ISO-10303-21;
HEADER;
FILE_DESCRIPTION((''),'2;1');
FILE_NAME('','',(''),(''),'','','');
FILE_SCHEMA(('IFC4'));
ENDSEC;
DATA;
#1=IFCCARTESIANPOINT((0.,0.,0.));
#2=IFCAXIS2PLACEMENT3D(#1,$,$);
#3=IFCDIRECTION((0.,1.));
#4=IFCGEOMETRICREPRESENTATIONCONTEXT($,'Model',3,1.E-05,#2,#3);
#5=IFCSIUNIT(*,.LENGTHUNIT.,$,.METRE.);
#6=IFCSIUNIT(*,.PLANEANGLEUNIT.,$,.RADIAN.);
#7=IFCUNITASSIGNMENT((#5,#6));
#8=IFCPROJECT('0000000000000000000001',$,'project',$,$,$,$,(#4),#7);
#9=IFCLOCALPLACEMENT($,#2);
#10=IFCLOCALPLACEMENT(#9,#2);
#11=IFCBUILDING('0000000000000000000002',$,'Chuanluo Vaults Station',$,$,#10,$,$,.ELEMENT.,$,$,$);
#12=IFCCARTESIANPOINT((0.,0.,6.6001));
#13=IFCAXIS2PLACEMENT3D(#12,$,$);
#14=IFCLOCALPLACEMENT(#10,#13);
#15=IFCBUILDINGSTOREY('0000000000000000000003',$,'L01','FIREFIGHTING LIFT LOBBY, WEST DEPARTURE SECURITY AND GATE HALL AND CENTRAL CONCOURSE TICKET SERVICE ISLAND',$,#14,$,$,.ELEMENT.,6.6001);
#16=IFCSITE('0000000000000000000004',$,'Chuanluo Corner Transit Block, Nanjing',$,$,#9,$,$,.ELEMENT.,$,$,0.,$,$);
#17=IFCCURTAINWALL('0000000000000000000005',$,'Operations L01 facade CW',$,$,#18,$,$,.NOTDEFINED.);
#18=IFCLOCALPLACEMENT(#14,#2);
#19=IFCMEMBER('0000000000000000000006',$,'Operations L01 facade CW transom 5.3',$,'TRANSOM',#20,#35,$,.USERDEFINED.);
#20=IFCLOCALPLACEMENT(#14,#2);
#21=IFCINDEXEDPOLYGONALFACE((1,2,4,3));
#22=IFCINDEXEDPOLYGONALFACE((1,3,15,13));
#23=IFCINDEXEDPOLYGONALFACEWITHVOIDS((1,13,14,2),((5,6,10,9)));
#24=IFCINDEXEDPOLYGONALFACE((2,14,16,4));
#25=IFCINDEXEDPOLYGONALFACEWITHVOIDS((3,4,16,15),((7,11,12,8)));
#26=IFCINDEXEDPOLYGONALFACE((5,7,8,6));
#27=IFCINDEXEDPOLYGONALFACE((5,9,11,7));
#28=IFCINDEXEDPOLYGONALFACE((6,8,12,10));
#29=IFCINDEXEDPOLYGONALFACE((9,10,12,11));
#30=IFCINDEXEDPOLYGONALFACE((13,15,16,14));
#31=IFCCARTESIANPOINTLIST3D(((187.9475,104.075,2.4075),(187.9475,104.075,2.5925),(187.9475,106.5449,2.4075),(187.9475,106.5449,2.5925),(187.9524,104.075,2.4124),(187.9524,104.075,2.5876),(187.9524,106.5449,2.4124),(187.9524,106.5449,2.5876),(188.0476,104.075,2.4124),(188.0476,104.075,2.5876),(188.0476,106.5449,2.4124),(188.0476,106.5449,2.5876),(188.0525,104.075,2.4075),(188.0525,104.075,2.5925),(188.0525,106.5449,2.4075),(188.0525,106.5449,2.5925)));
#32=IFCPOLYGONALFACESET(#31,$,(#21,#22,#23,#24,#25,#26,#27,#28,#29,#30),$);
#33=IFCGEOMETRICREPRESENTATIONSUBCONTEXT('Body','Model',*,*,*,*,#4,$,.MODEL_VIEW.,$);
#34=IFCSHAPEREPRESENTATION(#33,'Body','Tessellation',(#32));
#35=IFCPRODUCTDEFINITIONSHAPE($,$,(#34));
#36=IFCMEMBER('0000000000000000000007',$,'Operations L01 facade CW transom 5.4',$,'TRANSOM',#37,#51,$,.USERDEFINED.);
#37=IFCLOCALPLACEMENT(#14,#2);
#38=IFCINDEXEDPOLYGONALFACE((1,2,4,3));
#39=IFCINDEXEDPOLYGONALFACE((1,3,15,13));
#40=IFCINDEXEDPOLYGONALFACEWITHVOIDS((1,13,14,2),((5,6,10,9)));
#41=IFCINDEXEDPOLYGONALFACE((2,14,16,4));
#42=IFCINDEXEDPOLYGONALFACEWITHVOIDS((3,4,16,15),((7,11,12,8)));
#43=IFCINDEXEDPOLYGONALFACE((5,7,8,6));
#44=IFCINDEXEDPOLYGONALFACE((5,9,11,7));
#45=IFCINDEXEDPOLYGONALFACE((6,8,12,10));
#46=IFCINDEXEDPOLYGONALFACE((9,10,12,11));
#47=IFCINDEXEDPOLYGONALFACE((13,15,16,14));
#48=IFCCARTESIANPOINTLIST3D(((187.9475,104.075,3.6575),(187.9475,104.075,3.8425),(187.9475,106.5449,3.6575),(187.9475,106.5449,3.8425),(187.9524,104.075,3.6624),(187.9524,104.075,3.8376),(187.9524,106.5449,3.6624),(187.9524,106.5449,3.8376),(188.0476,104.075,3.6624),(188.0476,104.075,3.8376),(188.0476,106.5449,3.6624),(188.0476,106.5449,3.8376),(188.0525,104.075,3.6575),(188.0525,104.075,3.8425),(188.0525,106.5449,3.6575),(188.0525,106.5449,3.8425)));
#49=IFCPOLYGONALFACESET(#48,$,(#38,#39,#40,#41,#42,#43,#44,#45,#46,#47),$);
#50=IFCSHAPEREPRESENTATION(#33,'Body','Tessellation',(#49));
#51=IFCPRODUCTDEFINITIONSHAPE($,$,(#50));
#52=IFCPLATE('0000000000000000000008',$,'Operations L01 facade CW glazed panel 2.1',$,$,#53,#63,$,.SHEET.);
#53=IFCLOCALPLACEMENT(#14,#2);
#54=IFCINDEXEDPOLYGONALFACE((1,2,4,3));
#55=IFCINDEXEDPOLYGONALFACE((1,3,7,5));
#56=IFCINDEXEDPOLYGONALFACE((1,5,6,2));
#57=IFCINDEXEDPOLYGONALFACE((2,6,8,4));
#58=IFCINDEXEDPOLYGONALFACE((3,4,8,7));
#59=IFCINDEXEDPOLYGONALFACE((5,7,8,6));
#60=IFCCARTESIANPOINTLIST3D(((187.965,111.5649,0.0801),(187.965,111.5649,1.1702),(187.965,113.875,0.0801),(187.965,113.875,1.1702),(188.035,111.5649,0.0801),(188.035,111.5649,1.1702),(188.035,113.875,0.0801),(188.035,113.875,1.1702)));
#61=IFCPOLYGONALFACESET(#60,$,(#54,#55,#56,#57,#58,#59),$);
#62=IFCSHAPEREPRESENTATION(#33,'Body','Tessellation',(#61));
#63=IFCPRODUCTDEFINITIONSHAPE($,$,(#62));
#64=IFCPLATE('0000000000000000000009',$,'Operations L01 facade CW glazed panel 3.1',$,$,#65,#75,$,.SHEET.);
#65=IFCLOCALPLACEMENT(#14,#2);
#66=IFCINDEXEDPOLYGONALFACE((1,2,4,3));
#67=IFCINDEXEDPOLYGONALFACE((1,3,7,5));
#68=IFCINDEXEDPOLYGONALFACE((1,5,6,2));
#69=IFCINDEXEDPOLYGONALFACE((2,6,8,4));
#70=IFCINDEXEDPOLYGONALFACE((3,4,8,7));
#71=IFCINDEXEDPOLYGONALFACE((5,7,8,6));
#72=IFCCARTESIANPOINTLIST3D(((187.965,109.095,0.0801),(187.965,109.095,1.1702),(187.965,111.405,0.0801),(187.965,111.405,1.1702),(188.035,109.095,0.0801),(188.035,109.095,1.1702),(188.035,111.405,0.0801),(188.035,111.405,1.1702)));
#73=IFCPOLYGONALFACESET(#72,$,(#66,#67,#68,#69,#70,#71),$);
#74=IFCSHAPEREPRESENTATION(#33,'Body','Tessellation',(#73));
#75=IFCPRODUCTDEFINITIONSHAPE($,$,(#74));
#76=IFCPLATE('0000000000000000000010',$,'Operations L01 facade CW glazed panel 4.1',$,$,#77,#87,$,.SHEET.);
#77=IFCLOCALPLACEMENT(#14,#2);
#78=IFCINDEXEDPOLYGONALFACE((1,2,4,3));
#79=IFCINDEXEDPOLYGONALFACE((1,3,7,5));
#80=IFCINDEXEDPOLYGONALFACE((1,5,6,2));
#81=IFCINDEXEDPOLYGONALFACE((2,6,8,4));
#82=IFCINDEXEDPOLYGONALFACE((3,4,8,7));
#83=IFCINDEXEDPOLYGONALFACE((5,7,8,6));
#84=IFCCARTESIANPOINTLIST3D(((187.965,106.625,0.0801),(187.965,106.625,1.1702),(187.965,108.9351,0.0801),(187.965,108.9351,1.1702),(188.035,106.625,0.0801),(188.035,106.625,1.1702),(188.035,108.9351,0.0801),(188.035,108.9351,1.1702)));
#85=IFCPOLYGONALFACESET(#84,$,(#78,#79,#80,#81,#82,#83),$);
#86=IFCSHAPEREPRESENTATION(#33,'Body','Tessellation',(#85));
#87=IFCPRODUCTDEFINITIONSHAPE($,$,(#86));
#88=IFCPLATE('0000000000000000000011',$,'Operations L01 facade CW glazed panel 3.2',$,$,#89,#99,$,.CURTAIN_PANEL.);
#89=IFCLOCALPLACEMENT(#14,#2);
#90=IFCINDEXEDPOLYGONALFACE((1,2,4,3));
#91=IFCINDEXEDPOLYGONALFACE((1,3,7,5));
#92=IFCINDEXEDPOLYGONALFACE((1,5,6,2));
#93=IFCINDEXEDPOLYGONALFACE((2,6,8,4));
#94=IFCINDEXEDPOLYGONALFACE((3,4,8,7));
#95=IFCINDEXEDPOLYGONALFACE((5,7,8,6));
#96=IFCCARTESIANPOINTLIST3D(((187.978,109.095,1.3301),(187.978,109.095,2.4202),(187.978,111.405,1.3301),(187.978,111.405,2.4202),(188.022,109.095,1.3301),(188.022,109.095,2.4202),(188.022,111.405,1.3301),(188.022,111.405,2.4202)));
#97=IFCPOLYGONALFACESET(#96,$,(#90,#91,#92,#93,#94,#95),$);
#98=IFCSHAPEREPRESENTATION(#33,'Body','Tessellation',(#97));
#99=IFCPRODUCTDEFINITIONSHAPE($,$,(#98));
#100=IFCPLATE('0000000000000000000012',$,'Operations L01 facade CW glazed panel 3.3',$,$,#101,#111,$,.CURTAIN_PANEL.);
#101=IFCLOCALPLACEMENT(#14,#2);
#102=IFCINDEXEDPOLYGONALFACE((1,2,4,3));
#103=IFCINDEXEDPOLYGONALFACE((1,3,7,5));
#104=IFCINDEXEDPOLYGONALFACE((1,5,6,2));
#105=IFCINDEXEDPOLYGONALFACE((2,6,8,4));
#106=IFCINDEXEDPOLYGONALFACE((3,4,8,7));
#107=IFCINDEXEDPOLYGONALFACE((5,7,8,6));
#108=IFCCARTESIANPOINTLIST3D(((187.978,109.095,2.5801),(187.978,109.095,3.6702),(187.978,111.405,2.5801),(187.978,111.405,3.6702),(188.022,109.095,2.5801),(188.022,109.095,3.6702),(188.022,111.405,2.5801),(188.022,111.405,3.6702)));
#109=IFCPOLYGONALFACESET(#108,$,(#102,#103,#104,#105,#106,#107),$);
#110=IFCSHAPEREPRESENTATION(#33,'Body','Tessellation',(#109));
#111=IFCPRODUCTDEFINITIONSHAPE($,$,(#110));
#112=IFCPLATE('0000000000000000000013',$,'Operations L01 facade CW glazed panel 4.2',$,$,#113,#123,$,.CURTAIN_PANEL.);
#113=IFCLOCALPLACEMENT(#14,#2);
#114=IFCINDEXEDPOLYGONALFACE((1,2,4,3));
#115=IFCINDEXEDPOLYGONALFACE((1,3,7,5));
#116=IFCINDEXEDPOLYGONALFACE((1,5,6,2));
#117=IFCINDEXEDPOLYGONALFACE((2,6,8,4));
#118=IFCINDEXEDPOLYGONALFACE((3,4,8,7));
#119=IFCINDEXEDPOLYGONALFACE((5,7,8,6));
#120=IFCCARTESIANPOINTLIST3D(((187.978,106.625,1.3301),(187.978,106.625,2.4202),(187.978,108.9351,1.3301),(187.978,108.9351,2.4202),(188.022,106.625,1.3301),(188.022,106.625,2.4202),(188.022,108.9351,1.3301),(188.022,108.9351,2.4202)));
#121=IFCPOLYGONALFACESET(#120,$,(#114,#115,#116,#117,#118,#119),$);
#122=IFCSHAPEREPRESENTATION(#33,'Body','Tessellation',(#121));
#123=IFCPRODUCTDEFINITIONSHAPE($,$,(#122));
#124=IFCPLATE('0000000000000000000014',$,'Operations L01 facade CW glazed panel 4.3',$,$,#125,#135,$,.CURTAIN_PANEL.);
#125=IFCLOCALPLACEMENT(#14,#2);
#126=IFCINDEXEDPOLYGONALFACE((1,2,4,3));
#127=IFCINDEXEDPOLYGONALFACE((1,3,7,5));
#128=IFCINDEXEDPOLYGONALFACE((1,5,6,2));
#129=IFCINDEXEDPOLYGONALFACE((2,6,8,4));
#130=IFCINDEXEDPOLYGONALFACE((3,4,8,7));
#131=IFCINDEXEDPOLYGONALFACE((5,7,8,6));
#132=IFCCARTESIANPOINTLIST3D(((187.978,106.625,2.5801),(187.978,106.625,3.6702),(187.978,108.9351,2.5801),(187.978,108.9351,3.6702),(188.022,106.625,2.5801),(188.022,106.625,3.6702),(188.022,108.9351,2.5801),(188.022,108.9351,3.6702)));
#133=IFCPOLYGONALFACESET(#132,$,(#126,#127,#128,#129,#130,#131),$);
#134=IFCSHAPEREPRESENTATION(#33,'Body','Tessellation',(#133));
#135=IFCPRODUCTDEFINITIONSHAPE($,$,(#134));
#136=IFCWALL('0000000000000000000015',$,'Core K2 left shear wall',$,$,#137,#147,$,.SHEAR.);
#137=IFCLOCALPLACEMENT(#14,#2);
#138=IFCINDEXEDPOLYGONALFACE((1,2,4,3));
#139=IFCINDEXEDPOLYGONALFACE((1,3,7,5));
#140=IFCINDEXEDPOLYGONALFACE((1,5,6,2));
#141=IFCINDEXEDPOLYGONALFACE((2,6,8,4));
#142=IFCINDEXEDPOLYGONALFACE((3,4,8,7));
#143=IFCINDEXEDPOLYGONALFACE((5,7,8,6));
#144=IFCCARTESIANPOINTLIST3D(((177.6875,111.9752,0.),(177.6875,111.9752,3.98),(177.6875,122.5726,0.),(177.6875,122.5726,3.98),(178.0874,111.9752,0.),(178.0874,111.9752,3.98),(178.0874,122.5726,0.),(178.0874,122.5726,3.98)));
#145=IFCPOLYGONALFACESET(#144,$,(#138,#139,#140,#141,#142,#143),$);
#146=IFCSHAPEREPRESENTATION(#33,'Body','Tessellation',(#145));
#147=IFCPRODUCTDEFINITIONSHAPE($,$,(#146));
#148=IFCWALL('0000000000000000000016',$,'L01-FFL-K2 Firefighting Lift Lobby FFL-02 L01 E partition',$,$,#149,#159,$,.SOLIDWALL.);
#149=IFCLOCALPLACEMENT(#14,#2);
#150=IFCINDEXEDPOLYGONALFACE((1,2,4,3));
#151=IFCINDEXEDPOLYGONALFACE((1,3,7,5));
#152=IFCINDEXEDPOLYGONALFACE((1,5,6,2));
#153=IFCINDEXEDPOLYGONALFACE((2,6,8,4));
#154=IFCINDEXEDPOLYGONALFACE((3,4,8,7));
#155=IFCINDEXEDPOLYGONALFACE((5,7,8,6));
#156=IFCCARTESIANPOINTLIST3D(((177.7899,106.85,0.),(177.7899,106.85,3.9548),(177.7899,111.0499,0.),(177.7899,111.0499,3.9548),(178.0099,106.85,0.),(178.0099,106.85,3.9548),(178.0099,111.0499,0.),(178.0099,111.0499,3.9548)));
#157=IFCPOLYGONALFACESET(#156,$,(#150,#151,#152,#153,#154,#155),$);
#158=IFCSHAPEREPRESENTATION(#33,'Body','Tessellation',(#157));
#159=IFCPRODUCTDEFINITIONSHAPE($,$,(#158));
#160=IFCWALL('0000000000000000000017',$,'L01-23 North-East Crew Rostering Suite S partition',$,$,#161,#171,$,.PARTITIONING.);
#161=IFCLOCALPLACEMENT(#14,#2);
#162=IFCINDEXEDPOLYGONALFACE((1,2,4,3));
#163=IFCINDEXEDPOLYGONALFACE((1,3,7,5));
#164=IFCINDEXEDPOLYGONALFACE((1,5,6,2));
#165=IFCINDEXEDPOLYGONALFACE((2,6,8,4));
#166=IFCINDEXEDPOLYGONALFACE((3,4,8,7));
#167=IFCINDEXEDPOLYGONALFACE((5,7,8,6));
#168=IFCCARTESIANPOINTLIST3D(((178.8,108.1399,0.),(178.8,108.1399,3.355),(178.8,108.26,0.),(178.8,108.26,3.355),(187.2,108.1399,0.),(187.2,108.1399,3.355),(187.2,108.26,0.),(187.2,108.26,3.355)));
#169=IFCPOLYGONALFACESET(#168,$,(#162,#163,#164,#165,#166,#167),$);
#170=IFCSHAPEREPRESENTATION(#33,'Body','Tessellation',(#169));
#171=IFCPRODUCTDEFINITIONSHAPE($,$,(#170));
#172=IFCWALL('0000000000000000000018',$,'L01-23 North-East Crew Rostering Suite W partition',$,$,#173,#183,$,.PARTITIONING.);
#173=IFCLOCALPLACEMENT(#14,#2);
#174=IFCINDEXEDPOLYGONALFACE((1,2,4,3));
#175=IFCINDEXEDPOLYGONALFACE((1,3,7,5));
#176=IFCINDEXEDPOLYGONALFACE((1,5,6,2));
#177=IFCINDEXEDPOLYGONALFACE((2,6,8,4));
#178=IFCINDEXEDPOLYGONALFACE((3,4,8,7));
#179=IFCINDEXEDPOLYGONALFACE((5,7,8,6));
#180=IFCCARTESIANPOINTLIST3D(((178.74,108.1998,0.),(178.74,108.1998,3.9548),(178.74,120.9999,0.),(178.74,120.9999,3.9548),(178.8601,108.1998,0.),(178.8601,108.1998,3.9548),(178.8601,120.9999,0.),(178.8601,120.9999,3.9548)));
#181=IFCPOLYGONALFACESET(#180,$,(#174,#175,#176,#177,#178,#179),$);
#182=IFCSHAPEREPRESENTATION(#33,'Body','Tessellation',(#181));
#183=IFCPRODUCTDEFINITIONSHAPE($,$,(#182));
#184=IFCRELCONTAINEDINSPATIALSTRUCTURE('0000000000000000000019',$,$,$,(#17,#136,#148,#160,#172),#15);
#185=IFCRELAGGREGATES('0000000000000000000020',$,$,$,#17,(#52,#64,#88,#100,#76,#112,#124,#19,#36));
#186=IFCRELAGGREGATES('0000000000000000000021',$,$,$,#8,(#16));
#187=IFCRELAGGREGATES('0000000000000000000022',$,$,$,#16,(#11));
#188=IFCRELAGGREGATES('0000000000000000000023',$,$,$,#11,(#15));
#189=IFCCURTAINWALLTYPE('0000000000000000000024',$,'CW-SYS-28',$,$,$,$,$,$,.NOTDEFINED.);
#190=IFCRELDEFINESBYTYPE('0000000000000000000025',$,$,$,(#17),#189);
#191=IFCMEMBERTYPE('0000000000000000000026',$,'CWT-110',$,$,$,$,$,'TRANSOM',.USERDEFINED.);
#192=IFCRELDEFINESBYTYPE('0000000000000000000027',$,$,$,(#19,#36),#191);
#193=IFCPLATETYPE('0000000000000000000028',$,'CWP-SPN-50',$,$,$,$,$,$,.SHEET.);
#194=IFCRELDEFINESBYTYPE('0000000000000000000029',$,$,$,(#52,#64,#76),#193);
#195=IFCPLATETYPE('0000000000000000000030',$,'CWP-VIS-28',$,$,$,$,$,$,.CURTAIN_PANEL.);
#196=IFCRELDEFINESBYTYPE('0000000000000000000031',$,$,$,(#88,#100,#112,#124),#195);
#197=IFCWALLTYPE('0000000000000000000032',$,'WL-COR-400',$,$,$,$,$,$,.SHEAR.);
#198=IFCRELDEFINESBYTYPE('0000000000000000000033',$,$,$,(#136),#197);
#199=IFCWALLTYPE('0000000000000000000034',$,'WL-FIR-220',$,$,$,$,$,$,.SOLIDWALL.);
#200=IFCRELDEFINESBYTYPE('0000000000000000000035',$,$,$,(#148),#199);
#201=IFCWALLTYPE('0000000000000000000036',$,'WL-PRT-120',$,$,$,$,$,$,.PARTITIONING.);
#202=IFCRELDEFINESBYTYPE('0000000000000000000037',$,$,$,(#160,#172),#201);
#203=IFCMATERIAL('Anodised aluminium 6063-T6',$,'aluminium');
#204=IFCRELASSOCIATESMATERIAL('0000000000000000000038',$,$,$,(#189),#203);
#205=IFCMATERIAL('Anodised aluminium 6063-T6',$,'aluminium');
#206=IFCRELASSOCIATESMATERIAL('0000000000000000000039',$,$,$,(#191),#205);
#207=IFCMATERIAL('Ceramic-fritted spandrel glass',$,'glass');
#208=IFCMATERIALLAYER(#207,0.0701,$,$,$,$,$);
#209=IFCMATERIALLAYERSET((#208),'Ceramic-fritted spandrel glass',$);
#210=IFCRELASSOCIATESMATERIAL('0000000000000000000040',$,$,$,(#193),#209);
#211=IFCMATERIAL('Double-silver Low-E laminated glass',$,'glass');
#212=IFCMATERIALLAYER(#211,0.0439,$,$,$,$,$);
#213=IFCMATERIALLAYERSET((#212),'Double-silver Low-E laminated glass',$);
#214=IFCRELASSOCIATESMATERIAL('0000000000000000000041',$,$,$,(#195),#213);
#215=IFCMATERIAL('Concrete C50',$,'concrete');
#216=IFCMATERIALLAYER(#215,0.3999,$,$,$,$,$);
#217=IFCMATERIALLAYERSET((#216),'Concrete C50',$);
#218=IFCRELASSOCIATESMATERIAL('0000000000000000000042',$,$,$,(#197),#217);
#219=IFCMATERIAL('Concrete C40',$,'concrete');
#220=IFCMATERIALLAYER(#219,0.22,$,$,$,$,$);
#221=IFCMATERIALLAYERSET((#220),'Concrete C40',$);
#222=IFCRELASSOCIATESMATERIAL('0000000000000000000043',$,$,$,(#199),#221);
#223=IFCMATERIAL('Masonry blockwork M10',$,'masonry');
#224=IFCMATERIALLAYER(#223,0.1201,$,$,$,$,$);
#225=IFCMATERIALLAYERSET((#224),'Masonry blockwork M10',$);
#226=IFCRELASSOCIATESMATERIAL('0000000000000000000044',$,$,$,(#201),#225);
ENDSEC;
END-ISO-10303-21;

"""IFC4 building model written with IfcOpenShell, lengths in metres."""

from ifc_helpers import new_model, si_unit, direction, frame, frame_2d, origin, origin_2d, place, context, subcontext, project, spatial, rectangle, hollow_rectangle, extrude, material, layer, layer_set, material_profile, profile_set, type_object, element, aggregate, save


model = new_model("IFC4")

# Units and contexts
model_context = context("Model", 3, precision=1e-05, world=origin(), true_north=direction((0.0, 1.0)))
body_context = subcontext(model_context, "Body", "Model", "MODEL_VIEW")
ifc_project = project(units=[si_unit("LENGTHUNIT", "METRE"), si_unit("PLANEANGLEUNIT", "RADIAN")], contexts=[model_context])

# Site, building, storey
site_placement = place(None, origin())
site = spatial("IfcSite", under=ifc_project, at=site_placement, Name="Chuanluo Corner Transit Block, Nanjing", CompositionType="ELEMENT", RefElevation=0.0)
building_placement = place(site_placement, origin())
building = spatial("IfcBuilding", under=site, at=building_placement, Name="Chuanluo Vaults Station", CompositionType="ELEMENT")
storey_placement = place(building_placement, frame((0.0, 0.0, 6.6001)))
storey = spatial("IfcBuildingStorey", under=building, at=storey_placement, Name="L01", Description="FIREFIGHTING LIFT LOBBY, WEST DEPARTURE SECURITY AND GATE HALL AND CENTRAL CONCOURSE TICKET SERVICE ISLAND", CompositionType="ELEMENT", Elevation=6.6001)

# Curtain wall, members, plates
ifc_material_1 = material(Name="Anodised aluminium 6063-T6", Category="aluminium")
curtain_wall_type = type_object("IfcCurtainWallType", Name="CW-SYS-28", PredefinedType="NOTDEFINED", material=ifc_material_1)
curtain_wall_placement = place(storey_placement, origin())
curtain_wall = element("IfcCurtainWall", 1, at=curtain_wall_placement, inside=storey, type_object=curtain_wall_type, Name="Operations L01 facade CW", PredefinedType="NOTDEFINED")
ifc_material_2 = material(Name="Anodised aluminium 6063-T6", Category="aluminium")
ifc_material_profile_1 = material_profile(ifc_material_2, hollow_rectangle(XDim=0.105, YDim=0.1851, WallThickness=0.0049, at=origin_2d()))
ifc_profile_set_1 = profile_set([ifc_material_profile_1], Name="Anodised aluminium 6063-T6")
member_type_1 = type_object("IfcMemberType", Name="CWT-110", ElementType="TRANSOM", PredefinedType="USERDEFINED", material=ifc_profile_set_1)
member_1_placement = place(storey_placement, frame((188.0, 106.5449, 2.5), z_axis=(0.0, -1.0, 0.0), x_axis=(1.0, 0.0, 0.0)))
member_1 = element("IfcMember", 2, at=member_1_placement, type_object=member_type_1, Name="Operations L01 facade CW transom 5.3", ObjectType="TRANSOM", PredefinedType="USERDEFINED", context=body_context, shape_type="SweptSolid", body=[
    extrude(hollow_rectangle(XDim=0.105, YDim=0.1851, WallThickness=0.0049, at=origin_2d()), origin(), (0.0, 0.0, 1.0), 2.47),
])
member_2_placement = place(storey_placement, frame((188.0, 106.5449, 3.75), z_axis=(0.0, -1.0, 0.0), x_axis=(1.0, 0.0, 0.0)))
member_2 = element("IfcMember", 3, at=member_2_placement, type_object=member_type_1, Name="Operations L01 facade CW transom 5.4", ObjectType="TRANSOM", PredefinedType="USERDEFINED", context=body_context, shape_type="SweptSolid", body=[
    extrude(hollow_rectangle(XDim=0.105, YDim=0.1851, WallThickness=0.0049, at=origin_2d()), origin(), (0.0, 0.0, 1.0), 2.47),
])
ifc_material_3 = material(Name="Ceramic-fritted spandrel glass", Category="glass")
ifc_layer_1 = layer(ifc_material_3, 0.0701)
ifc_layer_set_1 = layer_set([ifc_layer_1], Name="Ceramic-fritted spandrel glass")
plate_type_1 = type_object("IfcPlateType", Name="CWP-SPN-50", PredefinedType="SHEET", material=ifc_layer_set_1)
plate_1_placement = place(storey_placement, frame((188.0, 112.72, 0.0801), z_axis=(0.0, 0.0, 1.0), x_axis=(0.0, -1.0, 0.0)))
plate_1 = element("IfcPlate", 4, at=plate_1_placement, type_object=plate_type_1, Name="Operations L01 facade CW glazed panel 2.1", PredefinedType="SHEET", context=body_context, shape_type="SweptSolid", body=[
    extrude(rectangle(XDim=2.3101, YDim=0.0701, at=origin_2d()), origin(), (0.0, 0.0, 1.0), 1.0901),
])
plate_2_placement = place(storey_placement, frame((188.0, 110.25, 0.0801), z_axis=(0.0, 0.0, 1.0), x_axis=(0.0, -1.0, 0.0)))
plate_2 = element("IfcPlate", 5, at=plate_2_placement, type_object=plate_type_1, Name="Operations L01 facade CW glazed panel 3.1", PredefinedType="SHEET", context=body_context, shape_type="SweptSolid", body=[
    extrude(rectangle(XDim=2.3101, YDim=0.0701, at=origin_2d()), origin(), (0.0, 0.0, 1.0), 1.0901),
])
plate_3_placement = place(storey_placement, frame((188.0, 107.78, 0.0801), z_axis=(0.0, 0.0, 1.0), x_axis=(0.0, -1.0, 0.0)))
plate_3 = element("IfcPlate", 6, at=plate_3_placement, type_object=plate_type_1, Name="Operations L01 facade CW glazed panel 4.1", PredefinedType="SHEET", context=body_context, shape_type="SweptSolid", body=[
    extrude(rectangle(XDim=2.3101, YDim=0.0701, at=origin_2d()), origin(), (0.0, 0.0, 1.0), 1.0901),
])
ifc_material_4 = material(Name="Double-silver Low-E laminated glass", Category="glass")
ifc_layer_2 = layer(ifc_material_4, 0.0439)
ifc_layer_set_2 = layer_set([ifc_layer_2], Name="Double-silver Low-E laminated glass")
plate_type_2 = type_object("IfcPlateType", Name="CWP-VIS-28", PredefinedType="CURTAIN_PANEL", material=ifc_layer_set_2)
plate_4_placement = place(storey_placement, frame((188.0, 110.25, 1.3301), z_axis=(0.0, 0.0, 1.0), x_axis=(0.0, -1.0, 0.0)))
plate_4 = element("IfcPlate", 7, at=plate_4_placement, type_object=plate_type_2, Name="Operations L01 facade CW glazed panel 3.2", PredefinedType="CURTAIN_PANEL", context=body_context, shape_type="SweptSolid", body=[
    extrude(rectangle(XDim=2.3101, YDim=0.0439, at=origin_2d()), origin(), (0.0, 0.0, 1.0), 1.0901),
])
plate_5_placement = place(storey_placement, frame((188.0, 110.25, 2.5801), z_axis=(0.0, 0.0, 1.0), x_axis=(0.0, -1.0, 0.0)))
plate_5 = element("IfcPlate", 8, at=plate_5_placement, type_object=plate_type_2, Name="Operations L01 facade CW glazed panel 3.3", PredefinedType="CURTAIN_PANEL", context=body_context, shape_type="SweptSolid", body=[
    extrude(rectangle(XDim=2.3101, YDim=0.0439, at=origin_2d()), origin(), (0.0, 0.0, 1.0), 1.0901),
])
plate_6_placement = place(storey_placement, frame((188.0, 107.78, 1.3301), z_axis=(0.0, 0.0, 1.0), x_axis=(0.0, -1.0, 0.0)))
plate_6 = element("IfcPlate", 9, at=plate_6_placement, type_object=plate_type_2, Name="Operations L01 facade CW glazed panel 4.2", PredefinedType="CURTAIN_PANEL", context=body_context, shape_type="SweptSolid", body=[
    extrude(rectangle(XDim=2.3101, YDim=0.0439, at=origin_2d()), origin(), (0.0, 0.0, 1.0), 1.0901),
])
plate_7_placement = place(storey_placement, frame((188.0, 107.78, 2.5801), z_axis=(0.0, 0.0, 1.0), x_axis=(0.0, -1.0, 0.0)))
plate_7 = element("IfcPlate", 10, at=plate_7_placement, type_object=plate_type_2, Name="Operations L01 facade CW glazed panel 4.3", PredefinedType="CURTAIN_PANEL", context=body_context, shape_type="SweptSolid", body=[
    extrude(rectangle(XDim=2.3101, YDim=0.0439, at=origin_2d()), origin(), (0.0, 0.0, 1.0), 1.0901),
])
aggregate(curtain_wall, [plate_1, plate_2, plate_4, plate_5, plate_3, plate_6, plate_7, member_1, member_2])

# Walls
ifc_material_5 = material(Name="Concrete C50", Category="concrete")
ifc_layer_3 = layer(ifc_material_5, 0.3999)
ifc_layer_set_3 = layer_set([ifc_layer_3], Name="Concrete C50")
wall_type_1 = type_object("IfcWallType", Name="WL-COR-400", PredefinedType="SHEAR", material=ifc_layer_set_3)
wall_1_placement = place(storey_placement, frame((177.8875, 111.9751, 0.0), z_axis=(0.0, 0.0, 1.0), x_axis=(0.0, 1.0, 0.0)))
element("IfcWall", 11, at=wall_1_placement, inside=storey, type_object=wall_type_1, Name="Core K2 left shear wall", PredefinedType="SHEAR", context=body_context, shape_type="SweptSolid", body=[
    extrude(rectangle(XDim=10.5974, YDim=0.3999, at=frame_2d((5.2988, 0.0))), origin(), (0.0, 0.0, 1.0), 3.98),
])
ifc_material_6 = material(Name="Concrete C40", Category="concrete")
ifc_layer_4 = layer(ifc_material_6, 0.22)
ifc_layer_set_4 = layer_set([ifc_layer_4], Name="Concrete C40")
wall_type_2 = type_object("IfcWallType", Name="WL-FIR-220", PredefinedType="SOLIDWALL", material=ifc_layer_set_4)
wall_2_placement = place(storey_placement, frame((177.8999, 111.05, 0.0), z_axis=(0.0, 0.0, 1.0), x_axis=(0.0, -1.0, 0.0)))
element("IfcWall", 12, at=wall_2_placement, inside=storey, type_object=wall_type_2, Name="L01-FFL-K2 Firefighting Lift Lobby FFL-02 L01 E partition", PredefinedType="SOLIDWALL", context=body_context, shape_type="SweptSolid", body=[
    extrude(rectangle(XDim=4.2, YDim=0.22, at=frame_2d((2.1001, 0.0))), origin(), (0.0, 0.0, 1.0), 3.9548),
])
ifc_material_7 = material(Name="Masonry blockwork M10", Category="masonry")
ifc_layer_5 = layer(ifc_material_7, 0.1201)
ifc_layer_set_5 = layer_set([ifc_layer_5], Name="Masonry blockwork M10")
wall_type_3 = type_object("IfcWallType", Name="WL-PRT-120", PredefinedType="PARTITIONING", material=ifc_layer_set_5)
wall_3_placement = place(storey_placement, frame((187.2, 108.2, 0.0), z_axis=(0.0, 0.0, 1.0), x_axis=(-1.0, 0.0, 0.0)))
element("IfcWall", 13, at=wall_3_placement, inside=storey, type_object=wall_type_3, Name="L01-23 North-East Crew Rostering Suite S partition", PredefinedType="PARTITIONING", context=body_context, shape_type="SweptSolid", body=[
    extrude(rectangle(XDim=8.3999, YDim=0.1201, at=frame_2d((4.2, 0.0))), origin(), (0.0, 0.0, 1.0), 3.355),
])
wall_4_placement = place(storey_placement, frame((178.8, 108.2, 0.0), z_axis=(0.0, 0.0, 1.0), x_axis=(0.0, 1.0, 0.0)))
element("IfcWall", 14, at=wall_4_placement, inside=storey, type_object=wall_type_3, Name="L01-23 North-East Crew Rostering Suite W partition", PredefinedType="PARTITIONING", context=body_context, shape_type="SweptSolid", body=[
    extrude(rectangle(XDim=12.8, YDim=0.1201, at=frame_2d((6.3999, 0.0))), origin(), (0.0, 0.0, 1.0), 3.9548),
])

save(model, "model.ifc")
